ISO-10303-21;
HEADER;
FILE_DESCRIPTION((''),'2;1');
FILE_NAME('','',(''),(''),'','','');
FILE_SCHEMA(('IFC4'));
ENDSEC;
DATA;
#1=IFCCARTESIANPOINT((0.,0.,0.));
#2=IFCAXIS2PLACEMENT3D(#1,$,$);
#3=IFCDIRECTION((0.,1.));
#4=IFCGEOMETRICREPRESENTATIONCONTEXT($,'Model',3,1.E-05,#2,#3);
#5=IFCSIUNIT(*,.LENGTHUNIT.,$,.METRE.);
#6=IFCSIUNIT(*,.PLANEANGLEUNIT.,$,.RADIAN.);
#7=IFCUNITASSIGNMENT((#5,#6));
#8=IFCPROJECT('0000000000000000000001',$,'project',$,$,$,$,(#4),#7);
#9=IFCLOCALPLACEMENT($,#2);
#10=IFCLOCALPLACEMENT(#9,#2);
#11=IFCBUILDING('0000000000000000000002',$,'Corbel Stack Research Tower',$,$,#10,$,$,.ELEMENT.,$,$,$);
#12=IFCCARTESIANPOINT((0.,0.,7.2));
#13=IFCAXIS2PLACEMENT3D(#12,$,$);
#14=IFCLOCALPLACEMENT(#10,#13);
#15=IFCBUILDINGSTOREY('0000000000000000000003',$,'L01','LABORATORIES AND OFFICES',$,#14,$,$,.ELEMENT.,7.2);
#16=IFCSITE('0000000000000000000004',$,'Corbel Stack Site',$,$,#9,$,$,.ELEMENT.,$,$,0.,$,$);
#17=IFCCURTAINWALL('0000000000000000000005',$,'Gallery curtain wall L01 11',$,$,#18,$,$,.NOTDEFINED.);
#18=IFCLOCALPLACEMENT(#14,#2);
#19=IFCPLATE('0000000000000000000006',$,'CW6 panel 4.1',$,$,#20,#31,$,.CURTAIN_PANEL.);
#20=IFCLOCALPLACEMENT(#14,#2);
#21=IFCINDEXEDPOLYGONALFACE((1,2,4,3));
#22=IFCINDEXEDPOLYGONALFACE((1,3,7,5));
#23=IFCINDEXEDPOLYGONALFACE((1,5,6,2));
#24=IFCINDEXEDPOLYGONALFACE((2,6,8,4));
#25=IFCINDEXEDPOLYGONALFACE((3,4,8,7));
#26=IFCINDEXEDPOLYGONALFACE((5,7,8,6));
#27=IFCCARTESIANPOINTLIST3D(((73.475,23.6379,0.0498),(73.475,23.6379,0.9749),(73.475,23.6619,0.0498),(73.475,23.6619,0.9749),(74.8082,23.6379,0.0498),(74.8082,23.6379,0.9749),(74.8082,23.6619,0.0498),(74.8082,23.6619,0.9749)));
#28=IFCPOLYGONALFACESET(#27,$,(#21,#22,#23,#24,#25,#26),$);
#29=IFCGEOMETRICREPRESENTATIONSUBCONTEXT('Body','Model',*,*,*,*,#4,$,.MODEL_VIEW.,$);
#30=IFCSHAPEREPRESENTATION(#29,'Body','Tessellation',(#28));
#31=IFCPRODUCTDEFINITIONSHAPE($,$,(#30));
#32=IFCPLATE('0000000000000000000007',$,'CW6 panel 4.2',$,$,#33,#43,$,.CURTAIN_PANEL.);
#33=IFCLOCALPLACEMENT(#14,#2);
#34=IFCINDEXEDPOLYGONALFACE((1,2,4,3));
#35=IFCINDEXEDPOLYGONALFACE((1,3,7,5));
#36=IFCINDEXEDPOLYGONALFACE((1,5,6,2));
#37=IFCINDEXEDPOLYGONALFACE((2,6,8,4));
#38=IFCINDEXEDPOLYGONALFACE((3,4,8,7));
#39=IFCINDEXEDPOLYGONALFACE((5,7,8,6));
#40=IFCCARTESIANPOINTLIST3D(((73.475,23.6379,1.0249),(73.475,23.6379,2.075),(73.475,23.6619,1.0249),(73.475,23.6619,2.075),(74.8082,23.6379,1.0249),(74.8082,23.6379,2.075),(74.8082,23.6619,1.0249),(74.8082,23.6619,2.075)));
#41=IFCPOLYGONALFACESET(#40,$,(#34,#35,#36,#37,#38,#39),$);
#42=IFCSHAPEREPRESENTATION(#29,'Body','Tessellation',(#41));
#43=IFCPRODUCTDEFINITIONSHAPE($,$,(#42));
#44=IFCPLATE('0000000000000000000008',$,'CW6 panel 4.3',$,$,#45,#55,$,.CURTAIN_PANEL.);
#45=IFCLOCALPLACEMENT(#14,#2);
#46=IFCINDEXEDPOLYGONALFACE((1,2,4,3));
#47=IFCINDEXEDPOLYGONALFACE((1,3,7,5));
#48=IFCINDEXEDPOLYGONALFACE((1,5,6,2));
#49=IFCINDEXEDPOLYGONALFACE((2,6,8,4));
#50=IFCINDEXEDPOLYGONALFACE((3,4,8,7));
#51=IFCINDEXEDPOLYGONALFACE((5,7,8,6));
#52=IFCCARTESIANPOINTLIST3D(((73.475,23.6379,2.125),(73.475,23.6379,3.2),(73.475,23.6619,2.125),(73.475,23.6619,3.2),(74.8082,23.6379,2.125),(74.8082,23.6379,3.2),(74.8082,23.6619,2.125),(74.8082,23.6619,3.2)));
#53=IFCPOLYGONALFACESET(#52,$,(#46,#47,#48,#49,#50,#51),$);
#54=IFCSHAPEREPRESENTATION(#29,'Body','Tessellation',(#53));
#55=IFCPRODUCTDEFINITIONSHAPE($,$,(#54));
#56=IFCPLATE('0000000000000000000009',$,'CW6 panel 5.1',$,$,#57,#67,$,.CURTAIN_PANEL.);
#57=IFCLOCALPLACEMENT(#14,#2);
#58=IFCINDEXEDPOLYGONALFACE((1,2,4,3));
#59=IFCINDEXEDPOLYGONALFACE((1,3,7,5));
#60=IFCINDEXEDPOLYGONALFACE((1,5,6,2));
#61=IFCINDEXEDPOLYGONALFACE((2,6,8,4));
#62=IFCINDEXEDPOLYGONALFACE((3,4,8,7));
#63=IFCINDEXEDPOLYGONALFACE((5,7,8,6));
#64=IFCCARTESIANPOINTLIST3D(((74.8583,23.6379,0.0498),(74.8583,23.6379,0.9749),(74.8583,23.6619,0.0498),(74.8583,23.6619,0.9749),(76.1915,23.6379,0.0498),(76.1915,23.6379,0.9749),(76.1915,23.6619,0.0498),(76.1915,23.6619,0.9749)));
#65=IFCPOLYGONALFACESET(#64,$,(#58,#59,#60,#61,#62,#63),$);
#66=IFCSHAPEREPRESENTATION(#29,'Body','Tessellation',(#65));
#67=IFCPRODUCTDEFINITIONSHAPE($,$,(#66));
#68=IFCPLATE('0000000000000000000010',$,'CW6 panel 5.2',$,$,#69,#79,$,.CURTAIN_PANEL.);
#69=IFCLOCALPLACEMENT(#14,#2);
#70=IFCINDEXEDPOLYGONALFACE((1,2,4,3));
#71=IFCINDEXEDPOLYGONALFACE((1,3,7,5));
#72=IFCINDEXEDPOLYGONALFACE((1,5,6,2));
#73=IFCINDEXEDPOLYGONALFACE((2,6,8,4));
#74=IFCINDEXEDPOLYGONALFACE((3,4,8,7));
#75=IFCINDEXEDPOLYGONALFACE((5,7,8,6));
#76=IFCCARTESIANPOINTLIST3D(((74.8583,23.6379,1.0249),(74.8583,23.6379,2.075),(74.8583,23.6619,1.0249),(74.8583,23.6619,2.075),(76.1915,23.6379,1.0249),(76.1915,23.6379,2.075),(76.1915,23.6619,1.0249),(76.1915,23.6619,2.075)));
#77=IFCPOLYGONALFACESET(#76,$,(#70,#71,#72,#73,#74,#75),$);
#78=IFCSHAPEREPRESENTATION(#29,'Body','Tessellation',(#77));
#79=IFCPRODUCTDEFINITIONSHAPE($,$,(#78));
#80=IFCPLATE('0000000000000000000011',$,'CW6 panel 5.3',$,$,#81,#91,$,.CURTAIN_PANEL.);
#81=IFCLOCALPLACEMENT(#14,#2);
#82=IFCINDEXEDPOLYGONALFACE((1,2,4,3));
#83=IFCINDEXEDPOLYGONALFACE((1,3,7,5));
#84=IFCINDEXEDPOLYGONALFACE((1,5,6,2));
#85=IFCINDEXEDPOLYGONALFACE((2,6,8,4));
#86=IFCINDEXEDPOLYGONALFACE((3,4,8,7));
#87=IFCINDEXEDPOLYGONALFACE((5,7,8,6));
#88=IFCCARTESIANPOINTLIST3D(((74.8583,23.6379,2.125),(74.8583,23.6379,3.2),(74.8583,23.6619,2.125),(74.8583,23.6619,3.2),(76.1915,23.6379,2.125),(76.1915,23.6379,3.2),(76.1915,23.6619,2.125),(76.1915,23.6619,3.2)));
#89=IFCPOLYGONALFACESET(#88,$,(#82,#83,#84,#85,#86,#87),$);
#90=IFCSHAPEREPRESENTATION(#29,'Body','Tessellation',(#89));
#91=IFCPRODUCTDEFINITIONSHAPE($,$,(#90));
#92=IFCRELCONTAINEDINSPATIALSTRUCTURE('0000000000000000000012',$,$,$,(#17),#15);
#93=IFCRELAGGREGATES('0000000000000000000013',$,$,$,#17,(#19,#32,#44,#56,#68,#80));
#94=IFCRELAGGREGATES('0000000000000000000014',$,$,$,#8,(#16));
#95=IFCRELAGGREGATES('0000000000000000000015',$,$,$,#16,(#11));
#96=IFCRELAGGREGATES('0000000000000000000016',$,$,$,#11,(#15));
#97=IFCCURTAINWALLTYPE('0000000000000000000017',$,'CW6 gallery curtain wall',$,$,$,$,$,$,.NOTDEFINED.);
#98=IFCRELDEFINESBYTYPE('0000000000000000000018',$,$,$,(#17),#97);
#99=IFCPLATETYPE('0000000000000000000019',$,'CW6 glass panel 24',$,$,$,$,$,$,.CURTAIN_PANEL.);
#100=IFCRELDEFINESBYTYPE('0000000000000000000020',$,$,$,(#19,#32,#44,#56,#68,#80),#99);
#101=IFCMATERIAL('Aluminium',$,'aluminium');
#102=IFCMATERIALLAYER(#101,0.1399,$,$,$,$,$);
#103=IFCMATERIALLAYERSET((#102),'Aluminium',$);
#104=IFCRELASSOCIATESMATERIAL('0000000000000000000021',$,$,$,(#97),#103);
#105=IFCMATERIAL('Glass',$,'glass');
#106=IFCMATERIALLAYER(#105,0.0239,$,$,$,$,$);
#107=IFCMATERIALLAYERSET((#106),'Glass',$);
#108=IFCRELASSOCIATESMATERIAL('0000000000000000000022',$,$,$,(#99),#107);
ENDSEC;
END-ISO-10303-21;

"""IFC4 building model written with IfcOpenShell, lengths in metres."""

from ifc_helpers import new_model, si_unit, direction, frame, origin, origin_2d, place, context, subcontext, project, spatial, rectangle, extrude, material, layer, layer_set, type_object, element, aggregate, save


model = new_model("IFC4")

# Units and contexts
model_context = context("Model", 3, precision=1e-05, world=origin(), true_north=direction((0.0, 1.0)))
body_context = subcontext(model_context, "Body", "Model", "MODEL_VIEW")
ifc_project = project(units=[si_unit("LENGTHUNIT", "METRE"), si_unit("PLANEANGLEUNIT", "RADIAN")], contexts=[model_context])

# Site, building, storey
site_placement = place(None, origin())
site = spatial("IfcSite", under=ifc_project, at=site_placement, Name="Corbel Stack Site", CompositionType="ELEMENT", RefElevation=0.0)
building_placement = place(site_placement, origin())
building = spatial("IfcBuilding", under=site, at=building_placement, Name="Corbel Stack Research Tower", CompositionType="ELEMENT")
storey_placement = place(building_placement, frame((0.0, 0.0, 7.2)))
storey = spatial("IfcBuildingStorey", under=building, at=storey_placement, Name="L01", Description="LABORATORIES AND OFFICES", CompositionType="ELEMENT", Elevation=7.2)

# Curtain wall, plates
ifc_material_1 = material(Name="Aluminium", Category="aluminium")
ifc_layer_1 = layer(ifc_material_1, 0.1399)
ifc_layer_set_1 = layer_set([ifc_layer_1], Name="Aluminium")
curtain_wall_type = type_object("IfcCurtainWallType", Name="CW6 gallery curtain wall", PredefinedType="NOTDEFINED", material=ifc_layer_set_1)
curtain_wall_placement = place(storey_placement, origin())
curtain_wall = element("IfcCurtainWall", 1, at=curtain_wall_placement, inside=storey, type_object=curtain_wall_type, Name="Gallery curtain wall L01 11", PredefinedType="NOTDEFINED")
ifc_material_2 = material(Name="Glass", Category="glass")
ifc_layer_2 = layer(ifc_material_2, 0.0239)
ifc_layer_set_2 = layer_set([ifc_layer_2], Name="Glass")
plate_type = type_object("IfcPlateType", Name="CW6 glass panel 24", PredefinedType="CURTAIN_PANEL", material=ifc_layer_set_2)
plate_1_placement = place(storey_placement, frame((74.1416, 23.6499, 0.0498), z_axis=(0.0, 0.0, 1.0), x_axis=(1.0, 0.0, 0.0)))
plate_1 = element("IfcPlate", 2, at=plate_1_placement, type_object=plate_type, Name="CW6 panel 4.1", PredefinedType="CURTAIN_PANEL", context=body_context, shape_type="SweptSolid", body=[
    extrude(rectangle(XDim=1.3333, YDim=0.0239, at=origin_2d()), origin(), (0.0, 0.0, 1.0), 0.925),
])
plate_2_placement = place(storey_placement, frame((74.1416, 23.6499, 1.0249), z_axis=(0.0, 0.0, 1.0), x_axis=(1.0, 0.0, 0.0)))
plate_2 = element("IfcPlate", 3, at=plate_2_placement, type_object=plate_type, Name="CW6 panel 4.2", PredefinedType="CURTAIN_PANEL", context=body_context, shape_type="SweptSolid", body=[
    extrude(rectangle(XDim=1.3333, YDim=0.0239, at=origin_2d()), origin(), (0.0, 0.0, 1.0), 1.05),
])
plate_3_placement = place(storey_placement, frame((74.1416, 23.6499, 2.125), z_axis=(0.0, 0.0, 1.0), x_axis=(1.0, 0.0, 0.0)))
plate_3 = element("IfcPlate", 4, at=plate_3_placement, type_object=plate_type, Name="CW6 panel 4.3", PredefinedType="CURTAIN_PANEL", context=body_context, shape_type="SweptSolid", body=[
    extrude(rectangle(XDim=1.3333, YDim=0.0239, at=origin_2d()), origin(), (0.0, 0.0, 1.0), 1.075),
])
plate_4_placement = place(storey_placement, frame((75.5249, 23.6499, 0.0498), z_axis=(0.0, 0.0, 1.0), x_axis=(1.0, 0.0, 0.0)))
plate_4 = element("IfcPlate", 5, at=plate_4_placement, type_object=plate_type, Name="CW6 panel 5.1", PredefinedType="CURTAIN_PANEL", context=body_context, shape_type="SweptSolid", body=[
    extrude(rectangle(XDim=1.3333, YDim=0.0239, at=origin_2d()), origin(), (0.0, 0.0, 1.0), 0.925),
])
plate_5_placement = place(storey_placement, frame((75.5249, 23.6499, 1.0249), z_axis=(0.0, 0.0, 1.0), x_axis=(1.0, 0.0, 0.0)))
plate_5 = element("IfcPlate", 6, at=plate_5_placement, type_object=plate_type, Name="CW6 panel 5.2", PredefinedType="CURTAIN_PANEL", context=body_context, shape_type="SweptSolid", body=[
    extrude(rectangle(XDim=1.3333, YDim=0.0239, at=origin_2d()), origin(), (0.0, 0.0, 1.0), 1.05),
])
plate_6_placement = place(storey_placement, frame((75.5249, 23.6499, 2.125), z_axis=(0.0, 0.0, 1.0), x_axis=(1.0, 0.0, 0.0)))
plate_6 = element("IfcPlate", 7, at=plate_6_placement, type_object=plate_type, Name="CW6 panel 5.3", PredefinedType="CURTAIN_PANEL", context=body_context, shape_type="SweptSolid", body=[
    extrude(rectangle(XDim=1.3333, YDim=0.0239, at=origin_2d()), origin(), (0.0, 0.0, 1.0), 1.075),
])
aggregate(curtain_wall, [plate_1, plate_2, plate_3, plate_4, plate_5, plate_6])

save(model, "model.ifc")
